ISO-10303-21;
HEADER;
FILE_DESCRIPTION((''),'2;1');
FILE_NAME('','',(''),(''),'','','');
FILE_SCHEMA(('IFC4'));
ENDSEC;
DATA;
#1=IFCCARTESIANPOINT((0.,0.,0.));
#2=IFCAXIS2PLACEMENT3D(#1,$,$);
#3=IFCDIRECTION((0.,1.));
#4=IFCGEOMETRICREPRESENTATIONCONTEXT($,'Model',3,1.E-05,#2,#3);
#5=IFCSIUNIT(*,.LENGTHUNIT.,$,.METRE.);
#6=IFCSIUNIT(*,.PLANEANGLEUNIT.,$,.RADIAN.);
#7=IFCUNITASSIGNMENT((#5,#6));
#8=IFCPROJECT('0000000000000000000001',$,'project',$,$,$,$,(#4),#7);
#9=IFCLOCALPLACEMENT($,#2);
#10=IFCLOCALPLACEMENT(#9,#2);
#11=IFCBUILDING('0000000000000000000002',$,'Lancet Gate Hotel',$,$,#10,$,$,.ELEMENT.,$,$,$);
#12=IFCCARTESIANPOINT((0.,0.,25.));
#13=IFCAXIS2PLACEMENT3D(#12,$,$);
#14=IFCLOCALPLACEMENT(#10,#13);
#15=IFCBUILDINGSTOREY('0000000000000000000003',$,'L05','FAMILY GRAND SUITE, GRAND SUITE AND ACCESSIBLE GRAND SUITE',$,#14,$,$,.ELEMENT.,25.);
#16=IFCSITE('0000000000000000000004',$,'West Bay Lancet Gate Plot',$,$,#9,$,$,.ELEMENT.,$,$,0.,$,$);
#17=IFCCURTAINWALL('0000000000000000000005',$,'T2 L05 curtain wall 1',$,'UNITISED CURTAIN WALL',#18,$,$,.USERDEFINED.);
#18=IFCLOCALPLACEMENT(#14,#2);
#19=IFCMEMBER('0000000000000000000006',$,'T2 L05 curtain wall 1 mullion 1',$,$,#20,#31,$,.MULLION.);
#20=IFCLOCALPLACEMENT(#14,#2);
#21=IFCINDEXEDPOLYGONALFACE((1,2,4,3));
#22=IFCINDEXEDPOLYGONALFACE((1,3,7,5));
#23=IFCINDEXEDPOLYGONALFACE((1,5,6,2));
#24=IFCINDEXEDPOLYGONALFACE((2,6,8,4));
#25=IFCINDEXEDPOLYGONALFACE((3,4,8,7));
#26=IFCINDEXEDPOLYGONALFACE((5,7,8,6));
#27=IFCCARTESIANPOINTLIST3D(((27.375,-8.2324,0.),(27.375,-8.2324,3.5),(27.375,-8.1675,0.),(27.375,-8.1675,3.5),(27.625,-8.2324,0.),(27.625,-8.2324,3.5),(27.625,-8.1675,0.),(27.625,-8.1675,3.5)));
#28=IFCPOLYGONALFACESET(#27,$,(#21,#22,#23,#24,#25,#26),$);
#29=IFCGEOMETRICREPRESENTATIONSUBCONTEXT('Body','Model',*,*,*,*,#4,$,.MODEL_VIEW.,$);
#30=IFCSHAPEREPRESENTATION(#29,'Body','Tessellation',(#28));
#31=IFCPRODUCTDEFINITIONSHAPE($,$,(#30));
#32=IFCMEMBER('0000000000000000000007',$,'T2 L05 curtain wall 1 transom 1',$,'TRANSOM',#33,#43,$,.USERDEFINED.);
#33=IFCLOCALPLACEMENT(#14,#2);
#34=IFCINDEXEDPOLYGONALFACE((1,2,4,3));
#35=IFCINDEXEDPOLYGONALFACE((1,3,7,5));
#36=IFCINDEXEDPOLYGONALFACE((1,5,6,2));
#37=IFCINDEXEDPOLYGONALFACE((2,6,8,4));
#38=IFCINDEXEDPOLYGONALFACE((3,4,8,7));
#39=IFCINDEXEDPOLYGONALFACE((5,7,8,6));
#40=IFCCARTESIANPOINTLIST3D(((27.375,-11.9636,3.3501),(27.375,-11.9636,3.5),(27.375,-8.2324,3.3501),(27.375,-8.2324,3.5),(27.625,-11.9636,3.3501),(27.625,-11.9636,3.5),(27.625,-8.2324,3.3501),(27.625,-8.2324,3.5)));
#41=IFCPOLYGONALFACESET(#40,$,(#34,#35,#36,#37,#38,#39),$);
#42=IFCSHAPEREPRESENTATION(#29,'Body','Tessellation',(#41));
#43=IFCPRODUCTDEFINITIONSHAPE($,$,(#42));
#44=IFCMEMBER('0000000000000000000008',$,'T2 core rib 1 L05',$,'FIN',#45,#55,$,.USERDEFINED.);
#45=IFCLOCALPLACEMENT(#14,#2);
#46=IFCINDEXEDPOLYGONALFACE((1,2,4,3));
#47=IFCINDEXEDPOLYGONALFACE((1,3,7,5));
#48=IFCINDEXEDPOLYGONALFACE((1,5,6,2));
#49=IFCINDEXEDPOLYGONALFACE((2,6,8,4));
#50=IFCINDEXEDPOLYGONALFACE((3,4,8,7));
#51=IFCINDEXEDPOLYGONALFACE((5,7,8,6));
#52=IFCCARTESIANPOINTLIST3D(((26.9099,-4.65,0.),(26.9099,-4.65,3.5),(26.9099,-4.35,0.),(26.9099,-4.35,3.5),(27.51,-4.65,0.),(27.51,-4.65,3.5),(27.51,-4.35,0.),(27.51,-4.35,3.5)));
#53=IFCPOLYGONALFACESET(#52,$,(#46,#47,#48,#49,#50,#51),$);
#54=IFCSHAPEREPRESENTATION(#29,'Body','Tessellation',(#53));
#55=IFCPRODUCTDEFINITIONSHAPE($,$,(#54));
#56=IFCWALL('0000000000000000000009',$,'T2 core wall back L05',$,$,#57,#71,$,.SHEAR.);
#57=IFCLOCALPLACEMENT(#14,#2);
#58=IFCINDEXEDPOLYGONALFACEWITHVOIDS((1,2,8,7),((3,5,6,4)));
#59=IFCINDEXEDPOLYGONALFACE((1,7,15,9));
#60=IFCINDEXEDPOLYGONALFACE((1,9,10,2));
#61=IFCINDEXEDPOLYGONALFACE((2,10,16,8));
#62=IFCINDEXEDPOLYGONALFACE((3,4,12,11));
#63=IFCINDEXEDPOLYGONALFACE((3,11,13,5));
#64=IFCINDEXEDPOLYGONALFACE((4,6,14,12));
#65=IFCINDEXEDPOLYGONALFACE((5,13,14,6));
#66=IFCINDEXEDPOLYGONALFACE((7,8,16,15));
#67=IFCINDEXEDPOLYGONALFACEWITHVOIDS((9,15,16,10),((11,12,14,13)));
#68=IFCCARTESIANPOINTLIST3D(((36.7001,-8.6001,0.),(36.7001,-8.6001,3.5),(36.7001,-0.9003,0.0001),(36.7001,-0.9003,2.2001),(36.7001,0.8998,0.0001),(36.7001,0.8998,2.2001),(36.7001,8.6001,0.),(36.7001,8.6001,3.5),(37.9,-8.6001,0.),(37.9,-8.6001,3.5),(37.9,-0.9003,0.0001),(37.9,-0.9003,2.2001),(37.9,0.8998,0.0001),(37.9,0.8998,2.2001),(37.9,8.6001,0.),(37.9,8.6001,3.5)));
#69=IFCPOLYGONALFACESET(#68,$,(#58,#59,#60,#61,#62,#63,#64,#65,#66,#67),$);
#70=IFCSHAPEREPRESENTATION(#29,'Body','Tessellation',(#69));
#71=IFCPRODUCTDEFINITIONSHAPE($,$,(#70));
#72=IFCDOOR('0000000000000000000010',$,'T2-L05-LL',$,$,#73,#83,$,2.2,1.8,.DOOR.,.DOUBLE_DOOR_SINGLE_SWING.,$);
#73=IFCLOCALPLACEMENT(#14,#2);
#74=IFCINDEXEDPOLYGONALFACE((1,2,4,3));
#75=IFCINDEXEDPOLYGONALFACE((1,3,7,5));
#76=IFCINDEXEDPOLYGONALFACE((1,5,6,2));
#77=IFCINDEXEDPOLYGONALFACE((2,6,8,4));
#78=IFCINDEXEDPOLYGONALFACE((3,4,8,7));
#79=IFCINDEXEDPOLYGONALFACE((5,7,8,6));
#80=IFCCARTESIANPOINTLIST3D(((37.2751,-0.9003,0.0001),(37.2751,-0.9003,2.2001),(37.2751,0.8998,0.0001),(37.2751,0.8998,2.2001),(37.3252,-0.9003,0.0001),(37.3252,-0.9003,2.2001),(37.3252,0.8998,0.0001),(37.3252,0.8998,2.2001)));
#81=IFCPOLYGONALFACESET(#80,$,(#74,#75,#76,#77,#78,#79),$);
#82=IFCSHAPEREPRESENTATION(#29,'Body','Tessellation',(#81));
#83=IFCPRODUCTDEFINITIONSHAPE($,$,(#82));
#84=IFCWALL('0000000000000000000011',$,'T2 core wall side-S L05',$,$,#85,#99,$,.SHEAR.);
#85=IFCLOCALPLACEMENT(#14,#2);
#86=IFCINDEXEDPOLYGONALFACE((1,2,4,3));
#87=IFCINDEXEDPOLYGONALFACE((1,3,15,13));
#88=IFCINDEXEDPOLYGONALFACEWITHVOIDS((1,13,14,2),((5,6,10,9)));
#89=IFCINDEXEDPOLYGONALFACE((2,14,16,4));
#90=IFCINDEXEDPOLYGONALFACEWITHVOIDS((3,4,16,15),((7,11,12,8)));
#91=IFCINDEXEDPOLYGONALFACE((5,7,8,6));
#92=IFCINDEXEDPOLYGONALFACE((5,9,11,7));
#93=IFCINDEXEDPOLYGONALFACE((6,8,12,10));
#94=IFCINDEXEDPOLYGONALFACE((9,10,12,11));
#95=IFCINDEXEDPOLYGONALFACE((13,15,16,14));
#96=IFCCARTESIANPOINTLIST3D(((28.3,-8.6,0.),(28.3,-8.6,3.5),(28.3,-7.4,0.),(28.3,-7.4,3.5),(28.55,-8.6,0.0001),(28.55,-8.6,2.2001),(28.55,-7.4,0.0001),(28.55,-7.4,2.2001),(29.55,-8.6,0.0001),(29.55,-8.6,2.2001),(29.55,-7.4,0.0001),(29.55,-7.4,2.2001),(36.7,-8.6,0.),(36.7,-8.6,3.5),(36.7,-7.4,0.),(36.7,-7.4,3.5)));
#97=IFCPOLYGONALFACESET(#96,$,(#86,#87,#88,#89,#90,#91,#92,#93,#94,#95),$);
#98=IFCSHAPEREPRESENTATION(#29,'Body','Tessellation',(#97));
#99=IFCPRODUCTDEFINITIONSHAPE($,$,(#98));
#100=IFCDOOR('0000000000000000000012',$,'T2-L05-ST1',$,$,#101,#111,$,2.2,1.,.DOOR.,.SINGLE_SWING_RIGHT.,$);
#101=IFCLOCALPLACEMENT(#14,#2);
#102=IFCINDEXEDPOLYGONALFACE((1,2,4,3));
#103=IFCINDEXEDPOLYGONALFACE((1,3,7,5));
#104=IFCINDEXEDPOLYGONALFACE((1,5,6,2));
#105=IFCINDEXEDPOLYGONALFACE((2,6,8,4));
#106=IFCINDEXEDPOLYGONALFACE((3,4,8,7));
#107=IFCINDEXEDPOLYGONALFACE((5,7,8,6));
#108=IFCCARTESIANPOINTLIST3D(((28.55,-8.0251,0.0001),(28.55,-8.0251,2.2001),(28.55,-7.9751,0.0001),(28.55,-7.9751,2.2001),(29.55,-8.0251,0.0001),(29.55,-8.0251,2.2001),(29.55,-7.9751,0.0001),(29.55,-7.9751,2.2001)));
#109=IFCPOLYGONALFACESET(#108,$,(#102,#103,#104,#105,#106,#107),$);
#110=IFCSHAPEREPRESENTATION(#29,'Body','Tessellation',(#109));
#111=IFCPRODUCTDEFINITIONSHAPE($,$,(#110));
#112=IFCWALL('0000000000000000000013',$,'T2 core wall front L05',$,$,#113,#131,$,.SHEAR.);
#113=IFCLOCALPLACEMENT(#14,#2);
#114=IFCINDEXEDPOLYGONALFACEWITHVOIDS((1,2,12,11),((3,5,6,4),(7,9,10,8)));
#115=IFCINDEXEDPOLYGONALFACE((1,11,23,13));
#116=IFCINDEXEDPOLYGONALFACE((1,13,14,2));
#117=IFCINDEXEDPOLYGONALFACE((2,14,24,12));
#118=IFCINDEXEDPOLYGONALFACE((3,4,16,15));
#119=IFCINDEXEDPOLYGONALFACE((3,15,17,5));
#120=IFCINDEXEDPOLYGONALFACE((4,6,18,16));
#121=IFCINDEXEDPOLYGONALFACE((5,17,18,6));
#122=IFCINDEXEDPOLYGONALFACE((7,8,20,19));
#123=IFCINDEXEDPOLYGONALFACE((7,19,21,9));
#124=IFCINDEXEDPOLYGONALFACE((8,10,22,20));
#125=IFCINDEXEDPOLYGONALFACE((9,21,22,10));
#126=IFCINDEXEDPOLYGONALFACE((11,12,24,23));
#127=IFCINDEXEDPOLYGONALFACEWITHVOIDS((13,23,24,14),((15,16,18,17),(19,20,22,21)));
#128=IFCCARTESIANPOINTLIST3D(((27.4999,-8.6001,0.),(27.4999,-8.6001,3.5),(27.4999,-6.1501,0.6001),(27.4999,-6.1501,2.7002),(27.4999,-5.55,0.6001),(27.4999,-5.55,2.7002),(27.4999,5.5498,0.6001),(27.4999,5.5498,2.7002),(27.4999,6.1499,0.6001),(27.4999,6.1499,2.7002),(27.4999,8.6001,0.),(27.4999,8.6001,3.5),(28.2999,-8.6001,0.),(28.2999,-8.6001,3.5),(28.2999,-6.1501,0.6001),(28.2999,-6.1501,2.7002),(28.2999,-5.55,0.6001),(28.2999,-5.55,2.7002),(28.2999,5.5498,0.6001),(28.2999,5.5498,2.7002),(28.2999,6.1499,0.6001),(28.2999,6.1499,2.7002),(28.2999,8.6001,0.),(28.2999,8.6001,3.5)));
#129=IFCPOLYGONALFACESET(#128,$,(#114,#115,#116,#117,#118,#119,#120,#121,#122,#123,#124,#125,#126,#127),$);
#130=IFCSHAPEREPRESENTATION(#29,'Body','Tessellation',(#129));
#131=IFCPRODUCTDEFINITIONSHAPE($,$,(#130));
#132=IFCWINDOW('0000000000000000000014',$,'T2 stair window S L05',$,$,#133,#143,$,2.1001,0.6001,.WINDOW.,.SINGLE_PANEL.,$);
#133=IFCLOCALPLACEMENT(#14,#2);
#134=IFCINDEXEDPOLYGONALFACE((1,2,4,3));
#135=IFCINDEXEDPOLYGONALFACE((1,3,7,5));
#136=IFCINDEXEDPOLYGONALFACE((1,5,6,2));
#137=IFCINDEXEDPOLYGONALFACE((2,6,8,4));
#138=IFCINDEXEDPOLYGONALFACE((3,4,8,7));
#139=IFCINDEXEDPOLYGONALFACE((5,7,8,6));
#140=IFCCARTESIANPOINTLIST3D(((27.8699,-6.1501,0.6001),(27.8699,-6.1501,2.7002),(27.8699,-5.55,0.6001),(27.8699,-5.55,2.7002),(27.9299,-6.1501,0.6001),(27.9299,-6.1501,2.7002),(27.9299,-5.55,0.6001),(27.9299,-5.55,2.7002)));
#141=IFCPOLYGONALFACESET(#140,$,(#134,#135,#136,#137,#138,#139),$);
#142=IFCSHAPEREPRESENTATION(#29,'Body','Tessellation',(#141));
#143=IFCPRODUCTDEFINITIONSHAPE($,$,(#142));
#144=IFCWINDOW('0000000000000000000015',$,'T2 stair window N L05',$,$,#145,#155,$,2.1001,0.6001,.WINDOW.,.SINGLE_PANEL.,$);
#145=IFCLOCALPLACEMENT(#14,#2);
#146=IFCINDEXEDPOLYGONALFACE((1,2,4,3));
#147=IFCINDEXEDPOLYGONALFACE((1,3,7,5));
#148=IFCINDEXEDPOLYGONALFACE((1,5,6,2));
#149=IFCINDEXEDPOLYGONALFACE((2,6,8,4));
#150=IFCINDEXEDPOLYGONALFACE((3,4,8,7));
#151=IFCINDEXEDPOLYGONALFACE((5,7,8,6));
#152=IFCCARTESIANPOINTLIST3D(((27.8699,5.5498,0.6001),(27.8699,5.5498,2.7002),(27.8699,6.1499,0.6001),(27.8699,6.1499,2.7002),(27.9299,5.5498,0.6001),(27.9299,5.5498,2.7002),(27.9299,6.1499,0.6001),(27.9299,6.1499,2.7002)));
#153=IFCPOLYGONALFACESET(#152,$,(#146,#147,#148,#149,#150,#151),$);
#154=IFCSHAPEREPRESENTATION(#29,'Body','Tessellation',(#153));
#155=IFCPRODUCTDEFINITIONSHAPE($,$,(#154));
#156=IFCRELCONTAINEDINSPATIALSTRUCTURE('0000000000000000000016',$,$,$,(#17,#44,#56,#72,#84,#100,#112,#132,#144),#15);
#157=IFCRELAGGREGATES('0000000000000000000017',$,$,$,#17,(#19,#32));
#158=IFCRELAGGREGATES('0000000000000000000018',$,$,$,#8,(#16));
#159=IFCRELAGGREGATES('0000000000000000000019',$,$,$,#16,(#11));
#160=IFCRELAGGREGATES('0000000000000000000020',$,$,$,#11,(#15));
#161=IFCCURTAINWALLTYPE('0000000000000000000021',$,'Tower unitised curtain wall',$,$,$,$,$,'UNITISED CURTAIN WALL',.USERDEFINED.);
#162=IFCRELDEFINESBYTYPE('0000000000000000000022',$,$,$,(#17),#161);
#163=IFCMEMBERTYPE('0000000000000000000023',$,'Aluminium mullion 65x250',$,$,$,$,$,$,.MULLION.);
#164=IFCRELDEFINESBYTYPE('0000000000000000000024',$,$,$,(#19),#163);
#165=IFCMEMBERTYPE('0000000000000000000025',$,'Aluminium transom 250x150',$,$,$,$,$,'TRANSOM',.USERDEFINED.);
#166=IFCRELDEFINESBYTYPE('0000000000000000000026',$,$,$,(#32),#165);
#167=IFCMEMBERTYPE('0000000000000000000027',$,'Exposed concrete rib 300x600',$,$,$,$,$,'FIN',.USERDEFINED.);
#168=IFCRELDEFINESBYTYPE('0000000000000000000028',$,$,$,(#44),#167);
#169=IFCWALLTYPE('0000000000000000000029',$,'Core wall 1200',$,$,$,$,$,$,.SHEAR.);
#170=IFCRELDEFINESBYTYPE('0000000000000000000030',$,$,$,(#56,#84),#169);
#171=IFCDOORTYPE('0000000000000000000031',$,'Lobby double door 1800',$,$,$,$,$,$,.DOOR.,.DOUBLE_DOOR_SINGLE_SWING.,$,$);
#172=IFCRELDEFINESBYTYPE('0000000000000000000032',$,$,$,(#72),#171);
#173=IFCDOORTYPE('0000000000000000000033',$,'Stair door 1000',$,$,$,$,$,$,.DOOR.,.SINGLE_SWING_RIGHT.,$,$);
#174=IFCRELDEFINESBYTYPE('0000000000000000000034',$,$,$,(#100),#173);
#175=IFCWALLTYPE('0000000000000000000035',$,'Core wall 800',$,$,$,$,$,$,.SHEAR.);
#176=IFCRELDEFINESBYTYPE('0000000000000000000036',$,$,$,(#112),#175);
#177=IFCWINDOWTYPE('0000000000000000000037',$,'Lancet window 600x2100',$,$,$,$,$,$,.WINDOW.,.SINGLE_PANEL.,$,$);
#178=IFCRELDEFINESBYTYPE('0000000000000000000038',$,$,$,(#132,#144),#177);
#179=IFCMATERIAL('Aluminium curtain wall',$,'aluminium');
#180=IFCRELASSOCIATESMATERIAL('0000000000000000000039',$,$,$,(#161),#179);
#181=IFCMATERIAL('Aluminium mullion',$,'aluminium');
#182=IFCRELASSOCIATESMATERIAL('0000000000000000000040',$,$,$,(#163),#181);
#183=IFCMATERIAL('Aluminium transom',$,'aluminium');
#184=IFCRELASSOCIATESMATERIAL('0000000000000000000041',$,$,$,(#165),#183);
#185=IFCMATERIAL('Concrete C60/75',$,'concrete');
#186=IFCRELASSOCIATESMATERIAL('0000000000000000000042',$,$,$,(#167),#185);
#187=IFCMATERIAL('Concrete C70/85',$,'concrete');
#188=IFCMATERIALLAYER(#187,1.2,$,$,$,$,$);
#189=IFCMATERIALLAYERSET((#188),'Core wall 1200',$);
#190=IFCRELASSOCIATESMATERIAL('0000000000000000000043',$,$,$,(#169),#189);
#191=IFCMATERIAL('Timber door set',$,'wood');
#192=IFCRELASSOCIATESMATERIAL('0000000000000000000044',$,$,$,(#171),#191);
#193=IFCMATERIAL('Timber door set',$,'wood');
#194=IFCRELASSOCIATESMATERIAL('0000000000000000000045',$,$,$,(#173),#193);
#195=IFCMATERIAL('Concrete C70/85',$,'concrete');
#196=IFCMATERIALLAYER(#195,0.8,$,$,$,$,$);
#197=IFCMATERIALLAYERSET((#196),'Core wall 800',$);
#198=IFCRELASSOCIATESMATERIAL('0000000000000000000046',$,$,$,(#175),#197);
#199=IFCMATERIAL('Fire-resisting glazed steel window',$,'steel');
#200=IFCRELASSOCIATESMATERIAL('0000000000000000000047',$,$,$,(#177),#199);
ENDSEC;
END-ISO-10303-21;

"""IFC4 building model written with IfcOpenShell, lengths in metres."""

from ifc_helpers import new_model, si_unit, direction, frame, frame_2d, origin, origin_2d, place, context, subcontext, project, spatial, rectangle, extrude, material, layer, layer_set, material_profile, profile_set, type_object, element, fill, aggregate, save


model = new_model("IFC4")

# Units and contexts
model_context = context("Model", 3, precision=1e-05, world=origin(), true_north=direction((0.0, 1.0)))
body_context = subcontext(model_context, "Body", "Model", "MODEL_VIEW")
ifc_project = project(units=[si_unit("LENGTHUNIT", "METRE"), si_unit("PLANEANGLEUNIT", "RADIAN")], contexts=[model_context])

# Site, building, storey
site_placement = place(None, origin())
site = spatial("IfcSite", under=ifc_project, at=site_placement, Name="West Bay Lancet Gate Plot", CompositionType="ELEMENT", RefElevation=0.0)
building_placement = place(site_placement, origin())
building = spatial("IfcBuilding", under=site, at=building_placement, Name="Lancet Gate Hotel", CompositionType="ELEMENT")
storey_placement = place(building_placement, frame((0.0, 0.0, 25.0)))
storey = spatial("IfcBuildingStorey", under=building, at=storey_placement, Name="L05", Description="FAMILY GRAND SUITE, GRAND SUITE AND ACCESSIBLE GRAND SUITE", CompositionType="ELEMENT", Elevation=25.0)

# Curtain wall, members
ifc_material_1 = material(Name="Aluminium curtain wall", Category="aluminium")
curtain_wall_type = type_object("IfcCurtainWallType", Name="Tower unitised curtain wall", ElementType="UNITISED CURTAIN WALL", PredefinedType="USERDEFINED", material=ifc_material_1)
curtain_wall_placement = place(storey_placement, origin())
curtain_wall = element("IfcCurtainWall", 1, at=curtain_wall_placement, inside=storey, type_object=curtain_wall_type, Name="T2 L05 curtain wall 1", ObjectType="UNITISED CURTAIN WALL", PredefinedType="USERDEFINED")
ifc_material_2 = material(Name="Aluminium mullion", Category="aluminium")
ifc_material_profile_1 = material_profile(ifc_material_2, rectangle(XDim=0.0649, YDim=0.25, at=origin_2d()), Name="MULLION 65x250")
ifc_profile_set_1 = profile_set([ifc_material_profile_1], Name="Aluminium mullion")
member_type_1 = type_object("IfcMemberType", Name="Aluminium mullion 65x250", PredefinedType="MULLION", material=ifc_profile_set_1)
member_1_placement = place(storey_placement, frame((27.5, -8.2, 0.0), z_axis=(0.0, 0.0, 1.0), x_axis=(0.0, -1.0, 0.0)))
member_1 = element("IfcMember", 2, at=member_1_placement, type_object=member_type_1, Name="T2 L05 curtain wall 1 mullion 1", PredefinedType="MULLION", context=body_context, shape_type="SweptSolid", body=[
    extrude(rectangle(XDim=0.0649, YDim=0.25, at=origin_2d()), origin(), (0.0, 0.0, 1.0), 3.5),
])
ifc_material_3 = material(Name="Aluminium transom", Category="aluminium")
ifc_material_profile_2 = material_profile(ifc_material_3, rectangle(XDim=0.25, YDim=0.1499, at=origin_2d()), Name="TRANSOM 250x150")
ifc_profile_set_2 = profile_set([ifc_material_profile_2], Name="Aluminium transom")
member_type_2 = type_object("IfcMemberType", Name="Aluminium transom 250x150", ElementType="TRANSOM", PredefinedType="USERDEFINED", material=ifc_profile_set_2)
member_2_placement = place(storey_placement, frame((27.5, -8.2324, 3.425), z_axis=(0.0, -1.0, 0.0), x_axis=(1.0, 0.0, 0.0)))
member_2 = element("IfcMember", 3, at=member_2_placement, type_object=member_type_2, Name="T2 L05 curtain wall 1 transom 1", ObjectType="TRANSOM", PredefinedType="USERDEFINED", context=body_context, shape_type="SweptSolid", body=[
    extrude(rectangle(XDim=0.25, YDim=0.1499, at=origin_2d()), origin(), (0.0, 0.0, 1.0), 3.7312),
])
aggregate(curtain_wall, [member_1, member_2])

# Member
ifc_material_4 = material(Name="Concrete C60/75", Category="concrete")
ifc_material_profile_3 = material_profile(ifc_material_4, rectangle(XDim=0.3, YDim=0.6001, at=origin_2d()), Name="FIN 300x600")
ifc_profile_set_3 = profile_set([ifc_material_profile_3], Name="Concrete C60/75")
member_type_3 = type_object("IfcMemberType", Name="Exposed concrete rib 300x600", ElementType="FIN", PredefinedType="USERDEFINED", material=ifc_profile_set_3)
member_3_placement = place(storey_placement, frame((27.21, -4.5, 0.0), z_axis=(0.0, 0.0, 1.0), x_axis=(0.0, 1.0, 0.0)))
element("IfcMember", 4, at=member_3_placement, inside=storey, type_object=member_type_3, Name="T2 core rib 1 L05", ObjectType="FIN", PredefinedType="USERDEFINED", context=body_context, shape_type="SweptSolid", body=[
    extrude(rectangle(XDim=0.3, YDim=0.6001, at=origin_2d()), origin(), (0.0, 0.0, 1.0), 3.5),
])

# Walls, openings, doors
ifc_material_5 = material(Name="Concrete C70/85", Category="concrete")
ifc_layer_1 = layer(ifc_material_5, 1.2)
ifc_layer_set_1 = layer_set([ifc_layer_1], Name="Core wall 1200")
wall_type_1 = type_object("IfcWallType", Name="Core wall 1200", PredefinedType="SHEAR", material=ifc_layer_set_1)
wall_1_placement = place(storey_placement, frame((37.3, -8.6001, 0.0), z_axis=(0.0, 0.0, 1.0), x_axis=(0.0, 1.0, 0.0)))
wall_1 = element("IfcWall", 5, at=wall_1_placement, inside=storey, type_object=wall_type_1, Name="T2 core wall back L05", PredefinedType="SHEAR", context=body_context, shape_type="SweptSolid", body=[
    extrude(rectangle(XDim=17.2002, YDim=1.2, at=frame_2d((8.6001, 0.0))), origin(), (0.0, 0.0, 1.0), 3.5),
])
opening_1_placement = place(wall_1_placement, frame((7.7, 0.0, 0.0)))
opening_1 = element("IfcOpeningElement", 6, at=opening_1_placement, cuts=wall_1, PredefinedType="OPENING", context=body_context, shape_type="SweptSolid", body=[
    extrude(rectangle(XDim=1.8, YDim=2.2, at=frame_2d((0.8999, 1.1001))), frame((0.0, 0.6099, 0.0), z_axis=(0.0, -1.0, 0.0), x_axis=(1.0, 0.0, 0.0)), (0.0, 0.0, 1.0), 1.22),
])
ifc_material_6 = material(Name="Timber door set", Category="wood")
door_type_1 = type_object("IfcDoorType", Name="Lobby double door 1800", OperationType="DOUBLE_DOOR_SINGLE_SWING", PredefinedType="DOOR", material=ifc_material_6)
door_1_placement = place(opening_1_placement, origin())
door_1 = element("IfcDoor", 7, at=door_1_placement, inside=storey, type_object=door_type_1, Name="T2-L05-LL", OperationType="DOUBLE_DOOR_SINGLE_SWING", OverallHeight=2.2, OverallWidth=1.8, PredefinedType="DOOR", context=body_context, shape_type="SweptSolid", body=[
    extrude(rectangle(XDim=1.8, YDim=2.2, at=frame_2d((0.8999, 1.1001))), frame((0.0, 0.0249, 0.0), z_axis=(0.0, -1.0, 0.0), x_axis=(1.0, 0.0, 0.0)), (0.0, 0.0, 1.0), 0.05),
])
fill(opening_1, door_1)
wall_2_placement = place(storey_placement, frame((28.3, -8.0, 0.0), z_axis=(0.0, 0.0, 1.0), x_axis=(1.0, 0.0, 0.0)))
wall_2 = element("IfcWall", 8, at=wall_2_placement, inside=storey, type_object=wall_type_1, Name="T2 core wall side-S L05", PredefinedType="SHEAR", context=body_context, shape_type="SweptSolid", body=[
    extrude(rectangle(XDim=8.3999, YDim=1.2, at=frame_2d((4.2, 0.0))), origin(), (0.0, 0.0, 1.0), 3.5),
])
opening_2_placement = place(wall_2_placement, frame((0.25, 0.0, 0.0)))
opening_2 = element("IfcOpeningElement", 9, at=opening_2_placement, cuts=wall_2, PredefinedType="OPENING", context=body_context, shape_type="SweptSolid", body=[
    extrude(rectangle(XDim=1.0, YDim=2.2, at=frame_2d((0.5, 1.1001))), frame((0.0, 0.6099, 0.0), z_axis=(0.0, -1.0, 0.0), x_axis=(1.0, 0.0, 0.0)), (0.0, 0.0, 1.0), 1.22),
])
ifc_material_7 = material(Name="Timber door set", Category="wood")
door_type_2 = type_object("IfcDoorType", Name="Stair door 1000", OperationType="SINGLE_SWING_RIGHT", PredefinedType="DOOR", material=ifc_material_7)
door_2_placement = place(opening_2_placement, origin())
door_2 = element("IfcDoor", 10, at=door_2_placement, inside=storey, type_object=door_type_2, Name="T2-L05-ST1", OperationType="SINGLE_SWING_RIGHT", OverallHeight=2.2, OverallWidth=1.0, PredefinedType="DOOR", context=body_context, shape_type="SweptSolid", body=[
    extrude(rectangle(XDim=1.0, YDim=2.2, at=frame_2d((0.5, 1.1001))), frame((0.0, 0.0249, 0.0), z_axis=(0.0, -1.0, 0.0), x_axis=(1.0, 0.0, 0.0)), (0.0, 0.0, 1.0), 0.05),
])
fill(opening_2, door_2)

# Wall, openings, windows
ifc_material_8 = material(Name="Concrete C70/85", Category="concrete")
ifc_layer_2 = layer(ifc_material_8, 0.8)
ifc_layer_set_2 = layer_set([ifc_layer_2], Name="Core wall 800")
wall_type_2 = type_object("IfcWallType", Name="Core wall 800", PredefinedType="SHEAR", material=ifc_layer_set_2)
wall_3_placement = place(storey_placement, frame((27.8999, -8.6001, 0.0), z_axis=(0.0, 0.0, 1.0), x_axis=(0.0, 1.0, 0.0)))
wall_3 = element("IfcWall", 11, at=wall_3_placement, inside=storey, type_object=wall_type_2, Name="T2 core wall front L05", PredefinedType="SHEAR", context=body_context, shape_type="SweptSolid", body=[
    extrude(rectangle(XDim=17.2002, YDim=0.8, at=frame_2d((8.6001, 0.0))), origin(), (0.0, 0.0, 1.0), 3.5),
])
opening_3_placement = place(wall_3_placement, frame((2.45, 0.0, 0.6001)))
opening_3 = element("IfcOpeningElement", 12, at=opening_3_placement, cuts=wall_3, PredefinedType="OPENING", context=body_context, shape_type="SweptSolid", body=[
    extrude(rectangle(XDim=0.6001, YDim=2.1001, at=frame_2d((0.3, 1.05))), frame((0.0, 0.4099, 0.0), z_axis=(0.0, -1.0, 0.0), x_axis=(1.0, 0.0, 0.0)), (0.0, 0.0, 1.0), 0.8201),
])
opening_4_placement = place(wall_3_placement, frame((14.1499, 0.0, 0.6001)))
opening_4 = element("IfcOpeningElement", 13, at=opening_4_placement, cuts=wall_3, PredefinedType="OPENING", context=body_context, shape_type="SweptSolid", body=[
    extrude(rectangle(XDim=0.6001, YDim=2.1001, at=frame_2d((0.3, 1.05))), frame((0.0, 0.4099, 0.0), z_axis=(0.0, -1.0, 0.0), x_axis=(1.0, 0.0, 0.0)), (0.0, 0.0, 1.0), 0.8201),
])
ifc_material_9 = material(Name="Fire-resisting glazed steel window", Category="steel")
window_type = type_object("IfcWindowType", Name="Lancet window 600x2100", PartitioningType="SINGLE_PANEL", PredefinedType="WINDOW", material=ifc_material_9)
window_1_placement = place(opening_3_placement, origin())
window_1 = element("IfcWindow", 14, at=window_1_placement, inside=storey, type_object=window_type, Name="T2 stair window S L05", OverallHeight=2.1001, OverallWidth=0.6001, PartitioningType="SINGLE_PANEL", PredefinedType="WINDOW", context=body_context, shape_type="SweptSolid", body=[
    extrude(rectangle(XDim=0.6001, YDim=2.1001, at=frame_2d((0.3, 1.05))), frame((0.0, 0.03, 0.0), z_axis=(0.0, -1.0, 0.0), x_axis=(1.0, 0.0, 0.0)), (0.0, 0.0, 1.0), 0.0601),
])
fill(opening_3, window_1)
window_2_placement = place(opening_4_placement, origin())
window_2 = element("IfcWindow", 15, at=window_2_placement, inside=storey, type_object=window_type, Name="T2 stair window N L05", OverallHeight=2.1001, OverallWidth=0.6001, PartitioningType="SINGLE_PANEL", PredefinedType="WINDOW", context=body_context, shape_type="SweptSolid", body=[
    extrude(rectangle(XDim=0.6001, YDim=2.1001, at=frame_2d((0.3, 1.05))), frame((0.0, 0.03, 0.0), z_axis=(0.0, -1.0, 0.0), x_axis=(1.0, 0.0, 0.0)), (0.0, 0.0, 1.0), 0.0601),
])
fill(opening_4, window_2)

save(model, "model.ifc")
